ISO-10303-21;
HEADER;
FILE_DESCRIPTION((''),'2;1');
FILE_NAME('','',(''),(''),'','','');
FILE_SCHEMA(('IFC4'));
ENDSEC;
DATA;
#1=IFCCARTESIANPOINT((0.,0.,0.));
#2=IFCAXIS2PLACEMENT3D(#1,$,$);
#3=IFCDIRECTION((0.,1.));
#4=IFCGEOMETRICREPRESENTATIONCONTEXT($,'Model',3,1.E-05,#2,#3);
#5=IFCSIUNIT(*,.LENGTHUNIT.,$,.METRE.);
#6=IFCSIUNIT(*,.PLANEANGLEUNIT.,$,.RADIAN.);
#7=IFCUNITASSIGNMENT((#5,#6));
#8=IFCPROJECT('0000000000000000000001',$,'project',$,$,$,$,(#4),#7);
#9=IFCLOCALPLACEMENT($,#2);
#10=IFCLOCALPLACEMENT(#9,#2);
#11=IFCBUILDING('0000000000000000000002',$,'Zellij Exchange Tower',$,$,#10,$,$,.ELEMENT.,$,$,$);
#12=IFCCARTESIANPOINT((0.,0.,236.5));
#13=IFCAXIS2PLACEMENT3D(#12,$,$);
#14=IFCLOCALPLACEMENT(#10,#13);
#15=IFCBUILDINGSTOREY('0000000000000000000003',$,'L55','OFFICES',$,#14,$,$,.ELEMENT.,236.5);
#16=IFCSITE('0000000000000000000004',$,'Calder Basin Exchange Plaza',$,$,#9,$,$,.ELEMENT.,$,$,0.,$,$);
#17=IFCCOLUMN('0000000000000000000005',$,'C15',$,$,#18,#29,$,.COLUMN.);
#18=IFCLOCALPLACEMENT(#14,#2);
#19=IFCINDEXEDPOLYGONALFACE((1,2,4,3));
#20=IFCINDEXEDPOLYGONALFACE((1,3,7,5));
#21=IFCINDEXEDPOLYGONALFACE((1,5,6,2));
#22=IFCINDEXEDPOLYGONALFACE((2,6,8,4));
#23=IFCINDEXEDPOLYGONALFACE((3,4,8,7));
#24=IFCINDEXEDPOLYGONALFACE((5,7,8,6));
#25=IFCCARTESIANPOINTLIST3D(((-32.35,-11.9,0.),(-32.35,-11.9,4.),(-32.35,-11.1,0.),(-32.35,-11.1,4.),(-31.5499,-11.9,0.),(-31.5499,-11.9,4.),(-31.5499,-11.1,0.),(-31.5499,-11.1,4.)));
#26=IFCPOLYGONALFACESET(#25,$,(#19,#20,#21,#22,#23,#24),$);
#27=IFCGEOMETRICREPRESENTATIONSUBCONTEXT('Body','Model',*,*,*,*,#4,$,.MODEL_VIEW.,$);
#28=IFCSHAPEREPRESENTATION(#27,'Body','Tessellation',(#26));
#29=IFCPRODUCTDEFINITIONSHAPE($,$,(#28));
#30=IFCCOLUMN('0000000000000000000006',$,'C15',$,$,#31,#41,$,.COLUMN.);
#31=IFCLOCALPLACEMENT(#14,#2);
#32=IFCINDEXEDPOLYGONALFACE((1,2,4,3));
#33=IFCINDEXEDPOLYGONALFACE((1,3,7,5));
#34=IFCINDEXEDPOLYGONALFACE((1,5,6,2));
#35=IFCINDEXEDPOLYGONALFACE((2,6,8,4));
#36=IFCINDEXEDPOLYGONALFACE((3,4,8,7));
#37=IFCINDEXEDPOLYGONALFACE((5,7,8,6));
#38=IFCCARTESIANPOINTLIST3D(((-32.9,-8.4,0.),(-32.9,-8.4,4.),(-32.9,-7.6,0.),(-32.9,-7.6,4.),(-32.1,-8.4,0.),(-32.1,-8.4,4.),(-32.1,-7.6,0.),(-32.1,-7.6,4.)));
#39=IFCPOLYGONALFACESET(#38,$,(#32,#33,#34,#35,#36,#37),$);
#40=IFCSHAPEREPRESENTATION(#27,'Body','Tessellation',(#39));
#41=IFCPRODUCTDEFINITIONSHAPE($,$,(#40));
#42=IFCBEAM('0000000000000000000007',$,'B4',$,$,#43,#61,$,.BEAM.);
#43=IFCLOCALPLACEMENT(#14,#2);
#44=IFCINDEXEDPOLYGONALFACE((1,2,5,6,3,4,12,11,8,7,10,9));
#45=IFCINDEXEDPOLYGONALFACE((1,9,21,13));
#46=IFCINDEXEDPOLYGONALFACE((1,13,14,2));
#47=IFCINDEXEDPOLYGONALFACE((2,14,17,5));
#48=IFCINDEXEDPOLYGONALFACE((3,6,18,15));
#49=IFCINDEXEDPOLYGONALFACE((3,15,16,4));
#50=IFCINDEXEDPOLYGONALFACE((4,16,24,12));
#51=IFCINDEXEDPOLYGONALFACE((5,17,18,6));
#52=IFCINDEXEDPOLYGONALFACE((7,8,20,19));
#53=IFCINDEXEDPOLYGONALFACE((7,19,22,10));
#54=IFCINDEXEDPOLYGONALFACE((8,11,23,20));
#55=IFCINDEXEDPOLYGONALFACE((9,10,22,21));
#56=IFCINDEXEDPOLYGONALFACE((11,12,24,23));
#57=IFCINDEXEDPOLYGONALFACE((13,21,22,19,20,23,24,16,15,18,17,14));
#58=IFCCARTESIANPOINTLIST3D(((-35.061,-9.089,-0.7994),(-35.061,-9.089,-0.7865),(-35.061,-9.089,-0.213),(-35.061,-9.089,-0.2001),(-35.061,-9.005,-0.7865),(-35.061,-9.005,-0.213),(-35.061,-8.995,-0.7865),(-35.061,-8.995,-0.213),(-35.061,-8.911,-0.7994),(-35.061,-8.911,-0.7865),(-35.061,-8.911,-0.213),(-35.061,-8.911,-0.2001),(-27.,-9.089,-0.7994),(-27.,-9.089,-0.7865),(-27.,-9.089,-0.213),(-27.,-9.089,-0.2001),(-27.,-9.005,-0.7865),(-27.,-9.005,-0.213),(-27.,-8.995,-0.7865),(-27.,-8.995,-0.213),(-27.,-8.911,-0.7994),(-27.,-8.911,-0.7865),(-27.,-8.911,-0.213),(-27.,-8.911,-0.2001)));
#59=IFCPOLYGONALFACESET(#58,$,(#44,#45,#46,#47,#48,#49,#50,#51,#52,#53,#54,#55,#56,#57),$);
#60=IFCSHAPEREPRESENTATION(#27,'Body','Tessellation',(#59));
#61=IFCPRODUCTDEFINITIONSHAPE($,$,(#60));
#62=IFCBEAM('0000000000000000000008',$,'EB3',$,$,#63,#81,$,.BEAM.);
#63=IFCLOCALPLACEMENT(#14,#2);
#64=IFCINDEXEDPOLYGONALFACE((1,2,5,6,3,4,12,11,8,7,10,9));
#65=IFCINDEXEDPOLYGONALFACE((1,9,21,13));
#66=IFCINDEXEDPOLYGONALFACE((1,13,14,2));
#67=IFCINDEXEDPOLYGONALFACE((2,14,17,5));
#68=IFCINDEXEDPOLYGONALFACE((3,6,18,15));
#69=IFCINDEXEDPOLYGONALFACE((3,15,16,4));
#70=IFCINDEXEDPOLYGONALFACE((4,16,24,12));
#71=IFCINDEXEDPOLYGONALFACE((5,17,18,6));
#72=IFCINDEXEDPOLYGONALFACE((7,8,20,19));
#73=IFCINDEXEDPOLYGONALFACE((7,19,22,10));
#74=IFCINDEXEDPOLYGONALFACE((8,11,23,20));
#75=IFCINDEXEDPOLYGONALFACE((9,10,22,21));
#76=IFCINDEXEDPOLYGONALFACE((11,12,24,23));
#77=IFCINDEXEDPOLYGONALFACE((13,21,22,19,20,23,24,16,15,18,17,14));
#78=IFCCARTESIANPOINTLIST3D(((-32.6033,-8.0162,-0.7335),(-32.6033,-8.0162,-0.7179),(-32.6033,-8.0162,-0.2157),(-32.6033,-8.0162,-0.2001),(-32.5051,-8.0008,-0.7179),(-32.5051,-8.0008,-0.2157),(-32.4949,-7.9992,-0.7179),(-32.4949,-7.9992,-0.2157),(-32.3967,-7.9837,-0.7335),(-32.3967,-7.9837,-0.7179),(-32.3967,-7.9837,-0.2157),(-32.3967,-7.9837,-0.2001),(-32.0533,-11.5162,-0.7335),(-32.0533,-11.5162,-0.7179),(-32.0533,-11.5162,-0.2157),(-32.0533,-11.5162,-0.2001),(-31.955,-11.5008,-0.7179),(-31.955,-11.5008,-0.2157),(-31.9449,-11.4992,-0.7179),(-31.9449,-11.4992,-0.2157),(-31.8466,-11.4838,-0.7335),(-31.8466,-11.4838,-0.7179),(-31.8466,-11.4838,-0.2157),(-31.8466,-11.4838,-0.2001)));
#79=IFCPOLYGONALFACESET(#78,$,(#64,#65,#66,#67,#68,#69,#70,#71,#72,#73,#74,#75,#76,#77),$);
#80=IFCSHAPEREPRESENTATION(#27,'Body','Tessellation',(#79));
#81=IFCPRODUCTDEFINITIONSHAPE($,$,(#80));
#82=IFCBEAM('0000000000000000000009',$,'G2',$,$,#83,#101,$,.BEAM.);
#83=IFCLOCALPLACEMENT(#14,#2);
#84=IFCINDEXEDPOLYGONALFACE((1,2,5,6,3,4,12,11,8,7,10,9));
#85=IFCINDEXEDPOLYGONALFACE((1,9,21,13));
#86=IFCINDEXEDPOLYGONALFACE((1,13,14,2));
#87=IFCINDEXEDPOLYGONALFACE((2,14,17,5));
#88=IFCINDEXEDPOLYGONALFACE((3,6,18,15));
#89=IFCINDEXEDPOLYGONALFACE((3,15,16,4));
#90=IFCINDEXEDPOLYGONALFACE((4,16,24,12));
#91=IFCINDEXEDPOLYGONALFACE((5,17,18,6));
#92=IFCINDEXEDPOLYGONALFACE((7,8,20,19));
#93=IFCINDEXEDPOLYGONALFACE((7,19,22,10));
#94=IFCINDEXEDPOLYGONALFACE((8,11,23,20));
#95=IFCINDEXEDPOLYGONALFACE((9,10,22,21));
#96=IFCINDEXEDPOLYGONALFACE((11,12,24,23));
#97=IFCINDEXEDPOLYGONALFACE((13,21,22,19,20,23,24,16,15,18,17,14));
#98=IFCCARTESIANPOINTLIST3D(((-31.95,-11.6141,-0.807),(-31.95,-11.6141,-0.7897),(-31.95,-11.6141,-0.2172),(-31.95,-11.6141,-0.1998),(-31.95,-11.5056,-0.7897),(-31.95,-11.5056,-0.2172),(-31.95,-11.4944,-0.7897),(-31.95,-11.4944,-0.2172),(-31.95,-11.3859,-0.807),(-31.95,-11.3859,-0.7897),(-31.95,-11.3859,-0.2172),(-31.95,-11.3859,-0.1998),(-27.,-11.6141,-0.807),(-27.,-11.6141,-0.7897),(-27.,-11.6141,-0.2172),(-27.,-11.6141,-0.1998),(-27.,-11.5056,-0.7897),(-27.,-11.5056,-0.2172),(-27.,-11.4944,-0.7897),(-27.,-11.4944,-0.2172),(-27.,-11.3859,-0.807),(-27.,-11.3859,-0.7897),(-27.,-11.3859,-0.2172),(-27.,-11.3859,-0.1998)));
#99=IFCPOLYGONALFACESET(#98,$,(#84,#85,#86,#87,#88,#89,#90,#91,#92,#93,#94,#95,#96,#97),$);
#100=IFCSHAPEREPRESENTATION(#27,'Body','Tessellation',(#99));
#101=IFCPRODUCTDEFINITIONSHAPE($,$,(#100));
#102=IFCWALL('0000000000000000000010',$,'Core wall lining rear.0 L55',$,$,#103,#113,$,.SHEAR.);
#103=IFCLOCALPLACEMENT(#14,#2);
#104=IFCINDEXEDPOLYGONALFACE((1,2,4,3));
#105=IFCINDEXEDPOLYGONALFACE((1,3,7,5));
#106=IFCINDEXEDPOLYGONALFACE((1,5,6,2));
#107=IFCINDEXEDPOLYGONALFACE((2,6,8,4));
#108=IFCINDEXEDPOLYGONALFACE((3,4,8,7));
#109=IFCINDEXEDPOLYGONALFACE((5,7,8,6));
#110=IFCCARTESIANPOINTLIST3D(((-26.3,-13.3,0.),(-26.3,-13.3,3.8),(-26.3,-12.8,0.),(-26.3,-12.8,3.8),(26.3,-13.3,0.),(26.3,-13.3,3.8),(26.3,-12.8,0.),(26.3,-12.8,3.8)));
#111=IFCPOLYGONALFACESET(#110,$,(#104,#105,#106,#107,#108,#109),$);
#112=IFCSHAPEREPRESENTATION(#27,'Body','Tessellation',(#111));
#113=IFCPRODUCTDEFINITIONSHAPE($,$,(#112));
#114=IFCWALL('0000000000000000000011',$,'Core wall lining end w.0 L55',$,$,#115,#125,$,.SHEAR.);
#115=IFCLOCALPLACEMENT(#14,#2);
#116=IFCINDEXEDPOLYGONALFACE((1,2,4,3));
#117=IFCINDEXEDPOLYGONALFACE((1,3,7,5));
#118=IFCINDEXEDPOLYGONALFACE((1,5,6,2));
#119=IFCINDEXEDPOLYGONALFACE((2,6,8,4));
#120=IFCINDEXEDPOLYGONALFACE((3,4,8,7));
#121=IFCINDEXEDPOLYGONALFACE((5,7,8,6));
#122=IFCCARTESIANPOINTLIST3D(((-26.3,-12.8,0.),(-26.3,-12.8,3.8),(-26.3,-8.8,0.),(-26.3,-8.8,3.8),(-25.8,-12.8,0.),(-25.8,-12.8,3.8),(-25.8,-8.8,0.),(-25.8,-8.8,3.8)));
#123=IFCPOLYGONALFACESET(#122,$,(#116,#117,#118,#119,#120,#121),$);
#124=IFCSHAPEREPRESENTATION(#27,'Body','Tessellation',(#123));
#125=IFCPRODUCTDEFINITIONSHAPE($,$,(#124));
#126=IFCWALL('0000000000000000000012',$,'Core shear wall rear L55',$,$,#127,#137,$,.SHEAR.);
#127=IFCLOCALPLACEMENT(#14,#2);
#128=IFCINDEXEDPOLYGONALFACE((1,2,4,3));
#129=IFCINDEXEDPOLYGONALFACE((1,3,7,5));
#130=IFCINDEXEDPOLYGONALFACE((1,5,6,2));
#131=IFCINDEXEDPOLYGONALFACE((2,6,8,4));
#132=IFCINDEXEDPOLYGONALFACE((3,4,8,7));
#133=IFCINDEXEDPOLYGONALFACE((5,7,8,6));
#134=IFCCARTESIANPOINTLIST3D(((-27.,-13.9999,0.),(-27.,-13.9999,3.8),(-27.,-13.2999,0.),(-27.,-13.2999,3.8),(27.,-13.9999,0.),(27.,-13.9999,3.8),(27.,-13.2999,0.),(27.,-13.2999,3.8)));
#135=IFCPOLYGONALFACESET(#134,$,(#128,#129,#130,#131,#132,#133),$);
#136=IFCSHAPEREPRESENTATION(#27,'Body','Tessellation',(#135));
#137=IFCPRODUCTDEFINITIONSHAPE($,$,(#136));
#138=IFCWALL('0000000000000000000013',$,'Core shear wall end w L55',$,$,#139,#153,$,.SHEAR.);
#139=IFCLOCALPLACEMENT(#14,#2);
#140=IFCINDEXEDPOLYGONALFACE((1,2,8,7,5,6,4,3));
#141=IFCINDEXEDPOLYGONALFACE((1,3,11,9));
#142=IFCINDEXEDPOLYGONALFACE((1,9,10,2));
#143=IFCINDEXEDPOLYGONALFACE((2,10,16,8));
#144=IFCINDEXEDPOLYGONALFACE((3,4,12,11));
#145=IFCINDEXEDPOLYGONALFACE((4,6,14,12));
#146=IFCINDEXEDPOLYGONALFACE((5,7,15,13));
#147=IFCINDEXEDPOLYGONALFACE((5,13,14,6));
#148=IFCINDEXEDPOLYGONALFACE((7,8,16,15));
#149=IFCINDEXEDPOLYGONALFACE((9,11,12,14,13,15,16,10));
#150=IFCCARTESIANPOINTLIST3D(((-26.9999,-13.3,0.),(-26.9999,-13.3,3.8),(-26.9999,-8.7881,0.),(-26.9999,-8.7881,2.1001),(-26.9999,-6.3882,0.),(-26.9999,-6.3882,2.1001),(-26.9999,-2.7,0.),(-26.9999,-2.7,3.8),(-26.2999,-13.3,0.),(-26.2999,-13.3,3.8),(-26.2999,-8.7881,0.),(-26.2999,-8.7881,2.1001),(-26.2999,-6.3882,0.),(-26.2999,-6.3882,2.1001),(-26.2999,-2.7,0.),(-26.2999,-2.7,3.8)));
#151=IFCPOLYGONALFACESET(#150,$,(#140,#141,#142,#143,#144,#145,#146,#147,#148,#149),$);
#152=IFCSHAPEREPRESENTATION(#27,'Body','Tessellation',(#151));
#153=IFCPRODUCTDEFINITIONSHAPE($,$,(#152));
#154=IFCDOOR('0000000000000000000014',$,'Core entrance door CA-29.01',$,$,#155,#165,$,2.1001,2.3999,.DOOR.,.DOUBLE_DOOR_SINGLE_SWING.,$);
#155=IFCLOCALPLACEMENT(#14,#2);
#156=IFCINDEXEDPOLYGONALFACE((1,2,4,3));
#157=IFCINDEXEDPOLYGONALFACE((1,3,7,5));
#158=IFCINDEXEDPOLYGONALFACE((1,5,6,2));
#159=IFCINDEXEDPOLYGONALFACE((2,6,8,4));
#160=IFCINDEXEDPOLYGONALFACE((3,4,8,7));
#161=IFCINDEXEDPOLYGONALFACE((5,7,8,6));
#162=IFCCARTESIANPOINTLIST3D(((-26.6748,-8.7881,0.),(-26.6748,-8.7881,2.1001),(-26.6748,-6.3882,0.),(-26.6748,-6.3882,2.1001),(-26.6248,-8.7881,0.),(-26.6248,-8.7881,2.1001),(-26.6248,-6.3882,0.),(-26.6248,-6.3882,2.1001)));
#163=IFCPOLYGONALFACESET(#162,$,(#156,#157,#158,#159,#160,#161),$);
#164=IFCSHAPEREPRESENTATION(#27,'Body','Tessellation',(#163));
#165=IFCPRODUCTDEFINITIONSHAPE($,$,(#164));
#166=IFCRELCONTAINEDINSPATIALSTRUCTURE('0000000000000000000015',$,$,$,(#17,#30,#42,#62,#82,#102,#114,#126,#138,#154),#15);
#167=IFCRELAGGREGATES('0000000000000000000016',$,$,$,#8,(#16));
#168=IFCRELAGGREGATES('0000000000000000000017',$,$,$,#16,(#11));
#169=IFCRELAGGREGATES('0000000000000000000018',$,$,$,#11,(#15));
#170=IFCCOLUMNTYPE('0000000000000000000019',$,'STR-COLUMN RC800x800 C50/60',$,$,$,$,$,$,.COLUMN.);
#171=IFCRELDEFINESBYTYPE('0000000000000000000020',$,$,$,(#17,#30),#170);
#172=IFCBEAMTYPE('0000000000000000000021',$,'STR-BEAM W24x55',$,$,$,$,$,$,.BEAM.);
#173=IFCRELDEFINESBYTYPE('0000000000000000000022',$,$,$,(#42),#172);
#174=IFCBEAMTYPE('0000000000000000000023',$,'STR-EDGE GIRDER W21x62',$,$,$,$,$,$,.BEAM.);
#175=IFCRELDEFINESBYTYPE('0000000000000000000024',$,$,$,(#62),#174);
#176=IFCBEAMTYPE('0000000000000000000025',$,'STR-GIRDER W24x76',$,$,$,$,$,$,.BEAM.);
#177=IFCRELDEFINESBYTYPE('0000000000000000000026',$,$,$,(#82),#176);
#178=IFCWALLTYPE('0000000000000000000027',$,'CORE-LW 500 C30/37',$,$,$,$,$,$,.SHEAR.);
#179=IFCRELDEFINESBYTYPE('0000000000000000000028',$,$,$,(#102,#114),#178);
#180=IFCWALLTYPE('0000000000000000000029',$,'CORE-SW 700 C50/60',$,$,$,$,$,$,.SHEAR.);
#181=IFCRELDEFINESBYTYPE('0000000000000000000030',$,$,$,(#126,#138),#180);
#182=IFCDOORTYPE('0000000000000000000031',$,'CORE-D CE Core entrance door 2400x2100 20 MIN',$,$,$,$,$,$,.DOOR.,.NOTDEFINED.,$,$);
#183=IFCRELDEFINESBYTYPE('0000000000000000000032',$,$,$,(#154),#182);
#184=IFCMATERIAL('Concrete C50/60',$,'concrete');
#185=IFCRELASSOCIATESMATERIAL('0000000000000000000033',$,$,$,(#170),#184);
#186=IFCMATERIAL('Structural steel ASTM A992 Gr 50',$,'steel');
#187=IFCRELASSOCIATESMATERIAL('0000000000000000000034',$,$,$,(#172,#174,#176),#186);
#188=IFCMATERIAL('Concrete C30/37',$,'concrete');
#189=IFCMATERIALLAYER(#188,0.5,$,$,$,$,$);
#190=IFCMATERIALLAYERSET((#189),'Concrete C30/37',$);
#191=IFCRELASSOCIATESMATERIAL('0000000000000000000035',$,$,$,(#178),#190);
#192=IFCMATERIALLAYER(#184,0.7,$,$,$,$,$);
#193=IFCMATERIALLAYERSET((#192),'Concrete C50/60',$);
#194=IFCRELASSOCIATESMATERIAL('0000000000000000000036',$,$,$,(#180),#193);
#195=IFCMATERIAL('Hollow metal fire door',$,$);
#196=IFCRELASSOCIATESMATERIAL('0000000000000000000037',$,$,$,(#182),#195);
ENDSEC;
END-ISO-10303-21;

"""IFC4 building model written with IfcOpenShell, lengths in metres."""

from ifc_helpers import new_model, si_unit, direction, frame, frame_2d, origin, origin_2d, place, context, subcontext, project, spatial, rectangle, i_section, extrude, material, layer, layer_set, material_profile, profile_set, type_object, element, fill, save


model = new_model("IFC4")

# Units and contexts
model_context = context("Model", 3, precision=1e-05, world=origin(), true_north=direction((0.0, 1.0)))
body_context = subcontext(model_context, "Body", "Model", "MODEL_VIEW")
ifc_project = project(units=[si_unit("LENGTHUNIT", "METRE"), si_unit("PLANEANGLEUNIT", "RADIAN")], contexts=[model_context])

# Site, building, storey
site_placement = place(None, origin())
site = spatial("IfcSite", under=ifc_project, at=site_placement, Name="Calder Basin Exchange Plaza", CompositionType="ELEMENT", RefElevation=0.0)
building_placement = place(site_placement, origin())
building = spatial("IfcBuilding", under=site, at=building_placement, Name="Zellij Exchange Tower", CompositionType="ELEMENT")
storey_placement = place(building_placement, frame((0.0, 0.0, 236.5)))
storey = spatial("IfcBuildingStorey", under=building, at=storey_placement, Name="L55", Description="OFFICES", CompositionType="ELEMENT", Elevation=236.5)

# Columns
ifc_material_1 = material(Name="Concrete C50/60", Category="concrete")
ifc_material_profile_1 = material_profile(ifc_material_1, rectangle(XDim=0.8, YDim=0.8, at=origin_2d()), Name="STR-COLUMN RC800x800 C50/60")
ifc_profile_set_1 = profile_set([ifc_material_profile_1], Name="Concrete C50/60")
column_type = type_object("IfcColumnType", Name="STR-COLUMN RC800x800 C50/60", PredefinedType="COLUMN", material=ifc_profile_set_1)
for number, where, z_axis, x_axis, name in (
    (1, (-31.95, -11.5, 0.0), (0.0, 0.0, 1.0), (1.0, 0.0, 0.0), "C15"),
    (2, (-32.5, -8.0, 0.0), (0.0, 0.0, 1.0), (1.0, 0.0, 0.0), "C15"),
):
    element("IfcColumn", number, at=place(storey_placement, frame(where, z_axis=z_axis, x_axis=x_axis)), inside=storey, type_object=column_type, Name=name, PredefinedType="COLUMN", context=body_context, shape_type="SweptSolid", body=[
        extrude(rectangle(XDim=0.8, YDim=0.8, at=origin_2d()), origin(), (0.0, 0.0, 1.0), 4.0),
    ])

# Beams
ifc_material_2 = material(Name="Structural steel ASTM A992 Gr 50", Category="steel")
ifc_material_profile_2 = material_profile(ifc_material_2, i_section(OverallWidth=0.178, OverallDepth=0.5994, WebThickness=0.01, FlangeThickness=0.0129, at=origin_2d()), Name="W24x55")
ifc_profile_set_2 = profile_set([ifc_material_profile_2], Name="Structural steel ASTM A992 Gr 50")
beam_type_1 = type_object("IfcBeamType", Name="STR-BEAM W24x55", PredefinedType="BEAM", material=ifc_profile_set_2)
beam_1_placement = place(storey_placement, frame((-35.061, -9.0, -0.4998), z_axis=(1.0, 0.0, 0.0), x_axis=(0.0, 1.0, 0.0)))
element("IfcBeam", 3, at=beam_1_placement, inside=storey, type_object=beam_type_1, Name="B4", PredefinedType="BEAM", context=body_context, shape_type="SweptSolid", body=[
    extrude(i_section(OverallWidth=0.178, OverallDepth=0.5994, WebThickness=0.01, FlangeThickness=0.0129, at=origin_2d()), origin(), (0.0, 0.0, 1.0), 8.061),
])
ifc_material_profile_3 = material_profile(ifc_material_2, i_section(OverallWidth=0.2092, OverallDepth=0.5334, WebThickness=0.0103, FlangeThickness=0.0156, at=origin_2d()), Name="W21x62")
ifc_profile_set_3 = profile_set([ifc_material_profile_3], Name="Structural steel ASTM A992 Gr 50")
beam_type_2 = type_object("IfcBeamType", Name="STR-EDGE GIRDER W21x62", PredefinedType="BEAM", material=ifc_profile_set_3)
beam_2_placement = place(storey_placement, frame((-31.95, -11.5, -0.4668), z_axis=(-0.155251, 0.987875, 0.0), x_axis=(-0.987875, -0.155251, 0.0)))
element("IfcBeam", 4, at=beam_2_placement, inside=storey, type_object=beam_type_2, Name="EB3", PredefinedType="BEAM", context=body_context, shape_type="SweptSolid", body=[
    extrude(i_section(OverallWidth=0.2092, OverallDepth=0.5334, WebThickness=0.0103, FlangeThickness=0.0156, at=origin_2d()), origin(), (0.0, 0.0, 1.0), 3.543),
])
ifc_material_profile_4 = material_profile(ifc_material_2, i_section(OverallWidth=0.2283, OverallDepth=0.6072, WebThickness=0.0112, FlangeThickness=0.0173, at=origin_2d()), Name="W24x76")
ifc_profile_set_4 = profile_set([ifc_material_profile_4], Name="Structural steel ASTM A992 Gr 50")
beam_type_3 = type_object("IfcBeamType", Name="STR-GIRDER W24x76", PredefinedType="BEAM", material=ifc_profile_set_4)
beam_3_placement = place(storey_placement, frame((-31.95, -11.5, -0.5034), z_axis=(1.0, 0.0, 0.0), x_axis=(0.0, 1.0, 0.0)))
element("IfcBeam", 5, at=beam_3_placement, inside=storey, type_object=beam_type_3, Name="G2", PredefinedType="BEAM", context=body_context, shape_type="SweptSolid", body=[
    extrude(i_section(OverallWidth=0.2283, OverallDepth=0.6072, WebThickness=0.0112, FlangeThickness=0.0173, at=origin_2d()), origin(), (0.0, 0.0, 1.0), 4.95),
])

# Walls
ifc_material_3 = material(Name="Concrete C30/37", Category="concrete")
ifc_layer_1 = layer(ifc_material_3, 0.5)
ifc_layer_set_1 = layer_set([ifc_layer_1], Name="Concrete C30/37")
wall_type_1 = type_object("IfcWallType", Name="CORE-LW 500 C30/37", PredefinedType="SHEAR", material=ifc_layer_set_1)
wall_1_placement = place(storey_placement, frame((-26.3, -13.05, 0.0), z_axis=(0.0, 0.0, 1.0), x_axis=(1.0, 0.0, 0.0)))
element("IfcWall", 6, at=wall_1_placement, inside=storey, type_object=wall_type_1, Name="Core wall lining rear.0 L55", PredefinedType="SHEAR", context=body_context, shape_type="SweptSolid", body=[
    extrude(rectangle(XDim=52.6001, YDim=0.5, at=frame_2d((26.3, 0.0))), origin(), (0.0, 0.0, 1.0), 3.8),
])
wall_2_placement = place(storey_placement, frame((-26.05, -12.8, 0.0), z_axis=(0.0, 0.0, 1.0), x_axis=(0.0, 1.0, 0.0)))
element("IfcWall", 7, at=wall_2_placement, inside=storey, type_object=wall_type_1, Name="Core wall lining end w.0 L55", PredefinedType="SHEAR", context=body_context, shape_type="SweptSolid", body=[
    extrude(rectangle(XDim=4.0, YDim=0.5, at=frame_2d((2.0, 0.0))), origin(), (0.0, 0.0, 1.0), 3.8),
])
ifc_layer_2 = layer(ifc_material_1, 0.7)
ifc_layer_set_2 = layer_set([ifc_layer_2], Name="Concrete C50/60")
wall_type_2 = type_object("IfcWallType", Name="CORE-SW 700 C50/60", PredefinedType="SHEAR", material=ifc_layer_set_2)
wall_3_placement = place(storey_placement, frame((-27.0, -13.6499, 0.0), z_axis=(0.0, 0.0, 1.0), x_axis=(1.0, 0.0, 0.0)))
element("IfcWall", 8, at=wall_3_placement, inside=storey, type_object=wall_type_2, Name="Core shear wall rear L55", PredefinedType="SHEAR", context=body_context, shape_type="SweptSolid", body=[
    extrude(rectangle(XDim=54.0, YDim=0.7, at=frame_2d((27.0, 0.0))), origin(), (0.0, 0.0, 1.0), 3.8),
])

# Wall, opening, door
wall_4_placement = place(storey_placement, frame((-26.6499, -13.3, 0.0), z_axis=(0.0, 0.0, 1.0), x_axis=(0.0, 1.0, 0.0)))
wall_4 = element("IfcWall", 9, at=wall_4_placement, inside=storey, type_object=wall_type_2, Name="Core shear wall end w L55", PredefinedType="SHEAR", context=body_context, shape_type="SweptSolid", body=[
    extrude(rectangle(XDim=10.6001, YDim=0.7, at=frame_2d((5.3, 0.0))), origin(), (0.0, 0.0, 1.0), 3.8),
])
opening_1_placement = place(wall_4_placement, frame((4.512, 0.0, 0.0)))
opening_1 = element("IfcOpeningElement", 10, at=opening_1_placement, cuts=wall_4, PredefinedType="OPENING", context=body_context, shape_type="SweptSolid", body=[
    extrude(rectangle(XDim=2.3999, YDim=2.1001, at=frame_2d((1.2, 1.05))), frame((0.0, 0.3618, 0.0), z_axis=(0.0, -1.0, 0.0), x_axis=(1.0, 0.0, 0.0)), (0.0, 0.0, 1.0), 0.7239),
])
ifc_material_4 = material(Name="Hollow metal fire door")
door_type_1 = type_object("IfcDoorType", Name="CORE-D CE Core entrance door 2400x2100 20 MIN", OperationType="NOTDEFINED", PredefinedType="DOOR", material=ifc_material_4)
door_1_placement = place(opening_1_placement, origin())
door_1 = element("IfcDoor", 11, at=door_1_placement, inside=storey, type_object=door_type_1, Name="Core entrance door CA-29.01", OperationType="DOUBLE_DOOR_SINGLE_SWING", OverallHeight=2.1001, OverallWidth=2.3999, PredefinedType="DOOR", context=body_context, shape_type="SweptSolid", body=[
    extrude(rectangle(XDim=2.3999, YDim=2.1001, at=frame_2d((1.2, 1.05))), frame((0.0, 0.0249, 0.0), z_axis=(0.0, -1.0, 0.0), x_axis=(1.0, 0.0, 0.0)), (0.0, 0.0, 1.0), 0.05),
])
fill(opening_1, door_1)

save(model, "model.ifc")
